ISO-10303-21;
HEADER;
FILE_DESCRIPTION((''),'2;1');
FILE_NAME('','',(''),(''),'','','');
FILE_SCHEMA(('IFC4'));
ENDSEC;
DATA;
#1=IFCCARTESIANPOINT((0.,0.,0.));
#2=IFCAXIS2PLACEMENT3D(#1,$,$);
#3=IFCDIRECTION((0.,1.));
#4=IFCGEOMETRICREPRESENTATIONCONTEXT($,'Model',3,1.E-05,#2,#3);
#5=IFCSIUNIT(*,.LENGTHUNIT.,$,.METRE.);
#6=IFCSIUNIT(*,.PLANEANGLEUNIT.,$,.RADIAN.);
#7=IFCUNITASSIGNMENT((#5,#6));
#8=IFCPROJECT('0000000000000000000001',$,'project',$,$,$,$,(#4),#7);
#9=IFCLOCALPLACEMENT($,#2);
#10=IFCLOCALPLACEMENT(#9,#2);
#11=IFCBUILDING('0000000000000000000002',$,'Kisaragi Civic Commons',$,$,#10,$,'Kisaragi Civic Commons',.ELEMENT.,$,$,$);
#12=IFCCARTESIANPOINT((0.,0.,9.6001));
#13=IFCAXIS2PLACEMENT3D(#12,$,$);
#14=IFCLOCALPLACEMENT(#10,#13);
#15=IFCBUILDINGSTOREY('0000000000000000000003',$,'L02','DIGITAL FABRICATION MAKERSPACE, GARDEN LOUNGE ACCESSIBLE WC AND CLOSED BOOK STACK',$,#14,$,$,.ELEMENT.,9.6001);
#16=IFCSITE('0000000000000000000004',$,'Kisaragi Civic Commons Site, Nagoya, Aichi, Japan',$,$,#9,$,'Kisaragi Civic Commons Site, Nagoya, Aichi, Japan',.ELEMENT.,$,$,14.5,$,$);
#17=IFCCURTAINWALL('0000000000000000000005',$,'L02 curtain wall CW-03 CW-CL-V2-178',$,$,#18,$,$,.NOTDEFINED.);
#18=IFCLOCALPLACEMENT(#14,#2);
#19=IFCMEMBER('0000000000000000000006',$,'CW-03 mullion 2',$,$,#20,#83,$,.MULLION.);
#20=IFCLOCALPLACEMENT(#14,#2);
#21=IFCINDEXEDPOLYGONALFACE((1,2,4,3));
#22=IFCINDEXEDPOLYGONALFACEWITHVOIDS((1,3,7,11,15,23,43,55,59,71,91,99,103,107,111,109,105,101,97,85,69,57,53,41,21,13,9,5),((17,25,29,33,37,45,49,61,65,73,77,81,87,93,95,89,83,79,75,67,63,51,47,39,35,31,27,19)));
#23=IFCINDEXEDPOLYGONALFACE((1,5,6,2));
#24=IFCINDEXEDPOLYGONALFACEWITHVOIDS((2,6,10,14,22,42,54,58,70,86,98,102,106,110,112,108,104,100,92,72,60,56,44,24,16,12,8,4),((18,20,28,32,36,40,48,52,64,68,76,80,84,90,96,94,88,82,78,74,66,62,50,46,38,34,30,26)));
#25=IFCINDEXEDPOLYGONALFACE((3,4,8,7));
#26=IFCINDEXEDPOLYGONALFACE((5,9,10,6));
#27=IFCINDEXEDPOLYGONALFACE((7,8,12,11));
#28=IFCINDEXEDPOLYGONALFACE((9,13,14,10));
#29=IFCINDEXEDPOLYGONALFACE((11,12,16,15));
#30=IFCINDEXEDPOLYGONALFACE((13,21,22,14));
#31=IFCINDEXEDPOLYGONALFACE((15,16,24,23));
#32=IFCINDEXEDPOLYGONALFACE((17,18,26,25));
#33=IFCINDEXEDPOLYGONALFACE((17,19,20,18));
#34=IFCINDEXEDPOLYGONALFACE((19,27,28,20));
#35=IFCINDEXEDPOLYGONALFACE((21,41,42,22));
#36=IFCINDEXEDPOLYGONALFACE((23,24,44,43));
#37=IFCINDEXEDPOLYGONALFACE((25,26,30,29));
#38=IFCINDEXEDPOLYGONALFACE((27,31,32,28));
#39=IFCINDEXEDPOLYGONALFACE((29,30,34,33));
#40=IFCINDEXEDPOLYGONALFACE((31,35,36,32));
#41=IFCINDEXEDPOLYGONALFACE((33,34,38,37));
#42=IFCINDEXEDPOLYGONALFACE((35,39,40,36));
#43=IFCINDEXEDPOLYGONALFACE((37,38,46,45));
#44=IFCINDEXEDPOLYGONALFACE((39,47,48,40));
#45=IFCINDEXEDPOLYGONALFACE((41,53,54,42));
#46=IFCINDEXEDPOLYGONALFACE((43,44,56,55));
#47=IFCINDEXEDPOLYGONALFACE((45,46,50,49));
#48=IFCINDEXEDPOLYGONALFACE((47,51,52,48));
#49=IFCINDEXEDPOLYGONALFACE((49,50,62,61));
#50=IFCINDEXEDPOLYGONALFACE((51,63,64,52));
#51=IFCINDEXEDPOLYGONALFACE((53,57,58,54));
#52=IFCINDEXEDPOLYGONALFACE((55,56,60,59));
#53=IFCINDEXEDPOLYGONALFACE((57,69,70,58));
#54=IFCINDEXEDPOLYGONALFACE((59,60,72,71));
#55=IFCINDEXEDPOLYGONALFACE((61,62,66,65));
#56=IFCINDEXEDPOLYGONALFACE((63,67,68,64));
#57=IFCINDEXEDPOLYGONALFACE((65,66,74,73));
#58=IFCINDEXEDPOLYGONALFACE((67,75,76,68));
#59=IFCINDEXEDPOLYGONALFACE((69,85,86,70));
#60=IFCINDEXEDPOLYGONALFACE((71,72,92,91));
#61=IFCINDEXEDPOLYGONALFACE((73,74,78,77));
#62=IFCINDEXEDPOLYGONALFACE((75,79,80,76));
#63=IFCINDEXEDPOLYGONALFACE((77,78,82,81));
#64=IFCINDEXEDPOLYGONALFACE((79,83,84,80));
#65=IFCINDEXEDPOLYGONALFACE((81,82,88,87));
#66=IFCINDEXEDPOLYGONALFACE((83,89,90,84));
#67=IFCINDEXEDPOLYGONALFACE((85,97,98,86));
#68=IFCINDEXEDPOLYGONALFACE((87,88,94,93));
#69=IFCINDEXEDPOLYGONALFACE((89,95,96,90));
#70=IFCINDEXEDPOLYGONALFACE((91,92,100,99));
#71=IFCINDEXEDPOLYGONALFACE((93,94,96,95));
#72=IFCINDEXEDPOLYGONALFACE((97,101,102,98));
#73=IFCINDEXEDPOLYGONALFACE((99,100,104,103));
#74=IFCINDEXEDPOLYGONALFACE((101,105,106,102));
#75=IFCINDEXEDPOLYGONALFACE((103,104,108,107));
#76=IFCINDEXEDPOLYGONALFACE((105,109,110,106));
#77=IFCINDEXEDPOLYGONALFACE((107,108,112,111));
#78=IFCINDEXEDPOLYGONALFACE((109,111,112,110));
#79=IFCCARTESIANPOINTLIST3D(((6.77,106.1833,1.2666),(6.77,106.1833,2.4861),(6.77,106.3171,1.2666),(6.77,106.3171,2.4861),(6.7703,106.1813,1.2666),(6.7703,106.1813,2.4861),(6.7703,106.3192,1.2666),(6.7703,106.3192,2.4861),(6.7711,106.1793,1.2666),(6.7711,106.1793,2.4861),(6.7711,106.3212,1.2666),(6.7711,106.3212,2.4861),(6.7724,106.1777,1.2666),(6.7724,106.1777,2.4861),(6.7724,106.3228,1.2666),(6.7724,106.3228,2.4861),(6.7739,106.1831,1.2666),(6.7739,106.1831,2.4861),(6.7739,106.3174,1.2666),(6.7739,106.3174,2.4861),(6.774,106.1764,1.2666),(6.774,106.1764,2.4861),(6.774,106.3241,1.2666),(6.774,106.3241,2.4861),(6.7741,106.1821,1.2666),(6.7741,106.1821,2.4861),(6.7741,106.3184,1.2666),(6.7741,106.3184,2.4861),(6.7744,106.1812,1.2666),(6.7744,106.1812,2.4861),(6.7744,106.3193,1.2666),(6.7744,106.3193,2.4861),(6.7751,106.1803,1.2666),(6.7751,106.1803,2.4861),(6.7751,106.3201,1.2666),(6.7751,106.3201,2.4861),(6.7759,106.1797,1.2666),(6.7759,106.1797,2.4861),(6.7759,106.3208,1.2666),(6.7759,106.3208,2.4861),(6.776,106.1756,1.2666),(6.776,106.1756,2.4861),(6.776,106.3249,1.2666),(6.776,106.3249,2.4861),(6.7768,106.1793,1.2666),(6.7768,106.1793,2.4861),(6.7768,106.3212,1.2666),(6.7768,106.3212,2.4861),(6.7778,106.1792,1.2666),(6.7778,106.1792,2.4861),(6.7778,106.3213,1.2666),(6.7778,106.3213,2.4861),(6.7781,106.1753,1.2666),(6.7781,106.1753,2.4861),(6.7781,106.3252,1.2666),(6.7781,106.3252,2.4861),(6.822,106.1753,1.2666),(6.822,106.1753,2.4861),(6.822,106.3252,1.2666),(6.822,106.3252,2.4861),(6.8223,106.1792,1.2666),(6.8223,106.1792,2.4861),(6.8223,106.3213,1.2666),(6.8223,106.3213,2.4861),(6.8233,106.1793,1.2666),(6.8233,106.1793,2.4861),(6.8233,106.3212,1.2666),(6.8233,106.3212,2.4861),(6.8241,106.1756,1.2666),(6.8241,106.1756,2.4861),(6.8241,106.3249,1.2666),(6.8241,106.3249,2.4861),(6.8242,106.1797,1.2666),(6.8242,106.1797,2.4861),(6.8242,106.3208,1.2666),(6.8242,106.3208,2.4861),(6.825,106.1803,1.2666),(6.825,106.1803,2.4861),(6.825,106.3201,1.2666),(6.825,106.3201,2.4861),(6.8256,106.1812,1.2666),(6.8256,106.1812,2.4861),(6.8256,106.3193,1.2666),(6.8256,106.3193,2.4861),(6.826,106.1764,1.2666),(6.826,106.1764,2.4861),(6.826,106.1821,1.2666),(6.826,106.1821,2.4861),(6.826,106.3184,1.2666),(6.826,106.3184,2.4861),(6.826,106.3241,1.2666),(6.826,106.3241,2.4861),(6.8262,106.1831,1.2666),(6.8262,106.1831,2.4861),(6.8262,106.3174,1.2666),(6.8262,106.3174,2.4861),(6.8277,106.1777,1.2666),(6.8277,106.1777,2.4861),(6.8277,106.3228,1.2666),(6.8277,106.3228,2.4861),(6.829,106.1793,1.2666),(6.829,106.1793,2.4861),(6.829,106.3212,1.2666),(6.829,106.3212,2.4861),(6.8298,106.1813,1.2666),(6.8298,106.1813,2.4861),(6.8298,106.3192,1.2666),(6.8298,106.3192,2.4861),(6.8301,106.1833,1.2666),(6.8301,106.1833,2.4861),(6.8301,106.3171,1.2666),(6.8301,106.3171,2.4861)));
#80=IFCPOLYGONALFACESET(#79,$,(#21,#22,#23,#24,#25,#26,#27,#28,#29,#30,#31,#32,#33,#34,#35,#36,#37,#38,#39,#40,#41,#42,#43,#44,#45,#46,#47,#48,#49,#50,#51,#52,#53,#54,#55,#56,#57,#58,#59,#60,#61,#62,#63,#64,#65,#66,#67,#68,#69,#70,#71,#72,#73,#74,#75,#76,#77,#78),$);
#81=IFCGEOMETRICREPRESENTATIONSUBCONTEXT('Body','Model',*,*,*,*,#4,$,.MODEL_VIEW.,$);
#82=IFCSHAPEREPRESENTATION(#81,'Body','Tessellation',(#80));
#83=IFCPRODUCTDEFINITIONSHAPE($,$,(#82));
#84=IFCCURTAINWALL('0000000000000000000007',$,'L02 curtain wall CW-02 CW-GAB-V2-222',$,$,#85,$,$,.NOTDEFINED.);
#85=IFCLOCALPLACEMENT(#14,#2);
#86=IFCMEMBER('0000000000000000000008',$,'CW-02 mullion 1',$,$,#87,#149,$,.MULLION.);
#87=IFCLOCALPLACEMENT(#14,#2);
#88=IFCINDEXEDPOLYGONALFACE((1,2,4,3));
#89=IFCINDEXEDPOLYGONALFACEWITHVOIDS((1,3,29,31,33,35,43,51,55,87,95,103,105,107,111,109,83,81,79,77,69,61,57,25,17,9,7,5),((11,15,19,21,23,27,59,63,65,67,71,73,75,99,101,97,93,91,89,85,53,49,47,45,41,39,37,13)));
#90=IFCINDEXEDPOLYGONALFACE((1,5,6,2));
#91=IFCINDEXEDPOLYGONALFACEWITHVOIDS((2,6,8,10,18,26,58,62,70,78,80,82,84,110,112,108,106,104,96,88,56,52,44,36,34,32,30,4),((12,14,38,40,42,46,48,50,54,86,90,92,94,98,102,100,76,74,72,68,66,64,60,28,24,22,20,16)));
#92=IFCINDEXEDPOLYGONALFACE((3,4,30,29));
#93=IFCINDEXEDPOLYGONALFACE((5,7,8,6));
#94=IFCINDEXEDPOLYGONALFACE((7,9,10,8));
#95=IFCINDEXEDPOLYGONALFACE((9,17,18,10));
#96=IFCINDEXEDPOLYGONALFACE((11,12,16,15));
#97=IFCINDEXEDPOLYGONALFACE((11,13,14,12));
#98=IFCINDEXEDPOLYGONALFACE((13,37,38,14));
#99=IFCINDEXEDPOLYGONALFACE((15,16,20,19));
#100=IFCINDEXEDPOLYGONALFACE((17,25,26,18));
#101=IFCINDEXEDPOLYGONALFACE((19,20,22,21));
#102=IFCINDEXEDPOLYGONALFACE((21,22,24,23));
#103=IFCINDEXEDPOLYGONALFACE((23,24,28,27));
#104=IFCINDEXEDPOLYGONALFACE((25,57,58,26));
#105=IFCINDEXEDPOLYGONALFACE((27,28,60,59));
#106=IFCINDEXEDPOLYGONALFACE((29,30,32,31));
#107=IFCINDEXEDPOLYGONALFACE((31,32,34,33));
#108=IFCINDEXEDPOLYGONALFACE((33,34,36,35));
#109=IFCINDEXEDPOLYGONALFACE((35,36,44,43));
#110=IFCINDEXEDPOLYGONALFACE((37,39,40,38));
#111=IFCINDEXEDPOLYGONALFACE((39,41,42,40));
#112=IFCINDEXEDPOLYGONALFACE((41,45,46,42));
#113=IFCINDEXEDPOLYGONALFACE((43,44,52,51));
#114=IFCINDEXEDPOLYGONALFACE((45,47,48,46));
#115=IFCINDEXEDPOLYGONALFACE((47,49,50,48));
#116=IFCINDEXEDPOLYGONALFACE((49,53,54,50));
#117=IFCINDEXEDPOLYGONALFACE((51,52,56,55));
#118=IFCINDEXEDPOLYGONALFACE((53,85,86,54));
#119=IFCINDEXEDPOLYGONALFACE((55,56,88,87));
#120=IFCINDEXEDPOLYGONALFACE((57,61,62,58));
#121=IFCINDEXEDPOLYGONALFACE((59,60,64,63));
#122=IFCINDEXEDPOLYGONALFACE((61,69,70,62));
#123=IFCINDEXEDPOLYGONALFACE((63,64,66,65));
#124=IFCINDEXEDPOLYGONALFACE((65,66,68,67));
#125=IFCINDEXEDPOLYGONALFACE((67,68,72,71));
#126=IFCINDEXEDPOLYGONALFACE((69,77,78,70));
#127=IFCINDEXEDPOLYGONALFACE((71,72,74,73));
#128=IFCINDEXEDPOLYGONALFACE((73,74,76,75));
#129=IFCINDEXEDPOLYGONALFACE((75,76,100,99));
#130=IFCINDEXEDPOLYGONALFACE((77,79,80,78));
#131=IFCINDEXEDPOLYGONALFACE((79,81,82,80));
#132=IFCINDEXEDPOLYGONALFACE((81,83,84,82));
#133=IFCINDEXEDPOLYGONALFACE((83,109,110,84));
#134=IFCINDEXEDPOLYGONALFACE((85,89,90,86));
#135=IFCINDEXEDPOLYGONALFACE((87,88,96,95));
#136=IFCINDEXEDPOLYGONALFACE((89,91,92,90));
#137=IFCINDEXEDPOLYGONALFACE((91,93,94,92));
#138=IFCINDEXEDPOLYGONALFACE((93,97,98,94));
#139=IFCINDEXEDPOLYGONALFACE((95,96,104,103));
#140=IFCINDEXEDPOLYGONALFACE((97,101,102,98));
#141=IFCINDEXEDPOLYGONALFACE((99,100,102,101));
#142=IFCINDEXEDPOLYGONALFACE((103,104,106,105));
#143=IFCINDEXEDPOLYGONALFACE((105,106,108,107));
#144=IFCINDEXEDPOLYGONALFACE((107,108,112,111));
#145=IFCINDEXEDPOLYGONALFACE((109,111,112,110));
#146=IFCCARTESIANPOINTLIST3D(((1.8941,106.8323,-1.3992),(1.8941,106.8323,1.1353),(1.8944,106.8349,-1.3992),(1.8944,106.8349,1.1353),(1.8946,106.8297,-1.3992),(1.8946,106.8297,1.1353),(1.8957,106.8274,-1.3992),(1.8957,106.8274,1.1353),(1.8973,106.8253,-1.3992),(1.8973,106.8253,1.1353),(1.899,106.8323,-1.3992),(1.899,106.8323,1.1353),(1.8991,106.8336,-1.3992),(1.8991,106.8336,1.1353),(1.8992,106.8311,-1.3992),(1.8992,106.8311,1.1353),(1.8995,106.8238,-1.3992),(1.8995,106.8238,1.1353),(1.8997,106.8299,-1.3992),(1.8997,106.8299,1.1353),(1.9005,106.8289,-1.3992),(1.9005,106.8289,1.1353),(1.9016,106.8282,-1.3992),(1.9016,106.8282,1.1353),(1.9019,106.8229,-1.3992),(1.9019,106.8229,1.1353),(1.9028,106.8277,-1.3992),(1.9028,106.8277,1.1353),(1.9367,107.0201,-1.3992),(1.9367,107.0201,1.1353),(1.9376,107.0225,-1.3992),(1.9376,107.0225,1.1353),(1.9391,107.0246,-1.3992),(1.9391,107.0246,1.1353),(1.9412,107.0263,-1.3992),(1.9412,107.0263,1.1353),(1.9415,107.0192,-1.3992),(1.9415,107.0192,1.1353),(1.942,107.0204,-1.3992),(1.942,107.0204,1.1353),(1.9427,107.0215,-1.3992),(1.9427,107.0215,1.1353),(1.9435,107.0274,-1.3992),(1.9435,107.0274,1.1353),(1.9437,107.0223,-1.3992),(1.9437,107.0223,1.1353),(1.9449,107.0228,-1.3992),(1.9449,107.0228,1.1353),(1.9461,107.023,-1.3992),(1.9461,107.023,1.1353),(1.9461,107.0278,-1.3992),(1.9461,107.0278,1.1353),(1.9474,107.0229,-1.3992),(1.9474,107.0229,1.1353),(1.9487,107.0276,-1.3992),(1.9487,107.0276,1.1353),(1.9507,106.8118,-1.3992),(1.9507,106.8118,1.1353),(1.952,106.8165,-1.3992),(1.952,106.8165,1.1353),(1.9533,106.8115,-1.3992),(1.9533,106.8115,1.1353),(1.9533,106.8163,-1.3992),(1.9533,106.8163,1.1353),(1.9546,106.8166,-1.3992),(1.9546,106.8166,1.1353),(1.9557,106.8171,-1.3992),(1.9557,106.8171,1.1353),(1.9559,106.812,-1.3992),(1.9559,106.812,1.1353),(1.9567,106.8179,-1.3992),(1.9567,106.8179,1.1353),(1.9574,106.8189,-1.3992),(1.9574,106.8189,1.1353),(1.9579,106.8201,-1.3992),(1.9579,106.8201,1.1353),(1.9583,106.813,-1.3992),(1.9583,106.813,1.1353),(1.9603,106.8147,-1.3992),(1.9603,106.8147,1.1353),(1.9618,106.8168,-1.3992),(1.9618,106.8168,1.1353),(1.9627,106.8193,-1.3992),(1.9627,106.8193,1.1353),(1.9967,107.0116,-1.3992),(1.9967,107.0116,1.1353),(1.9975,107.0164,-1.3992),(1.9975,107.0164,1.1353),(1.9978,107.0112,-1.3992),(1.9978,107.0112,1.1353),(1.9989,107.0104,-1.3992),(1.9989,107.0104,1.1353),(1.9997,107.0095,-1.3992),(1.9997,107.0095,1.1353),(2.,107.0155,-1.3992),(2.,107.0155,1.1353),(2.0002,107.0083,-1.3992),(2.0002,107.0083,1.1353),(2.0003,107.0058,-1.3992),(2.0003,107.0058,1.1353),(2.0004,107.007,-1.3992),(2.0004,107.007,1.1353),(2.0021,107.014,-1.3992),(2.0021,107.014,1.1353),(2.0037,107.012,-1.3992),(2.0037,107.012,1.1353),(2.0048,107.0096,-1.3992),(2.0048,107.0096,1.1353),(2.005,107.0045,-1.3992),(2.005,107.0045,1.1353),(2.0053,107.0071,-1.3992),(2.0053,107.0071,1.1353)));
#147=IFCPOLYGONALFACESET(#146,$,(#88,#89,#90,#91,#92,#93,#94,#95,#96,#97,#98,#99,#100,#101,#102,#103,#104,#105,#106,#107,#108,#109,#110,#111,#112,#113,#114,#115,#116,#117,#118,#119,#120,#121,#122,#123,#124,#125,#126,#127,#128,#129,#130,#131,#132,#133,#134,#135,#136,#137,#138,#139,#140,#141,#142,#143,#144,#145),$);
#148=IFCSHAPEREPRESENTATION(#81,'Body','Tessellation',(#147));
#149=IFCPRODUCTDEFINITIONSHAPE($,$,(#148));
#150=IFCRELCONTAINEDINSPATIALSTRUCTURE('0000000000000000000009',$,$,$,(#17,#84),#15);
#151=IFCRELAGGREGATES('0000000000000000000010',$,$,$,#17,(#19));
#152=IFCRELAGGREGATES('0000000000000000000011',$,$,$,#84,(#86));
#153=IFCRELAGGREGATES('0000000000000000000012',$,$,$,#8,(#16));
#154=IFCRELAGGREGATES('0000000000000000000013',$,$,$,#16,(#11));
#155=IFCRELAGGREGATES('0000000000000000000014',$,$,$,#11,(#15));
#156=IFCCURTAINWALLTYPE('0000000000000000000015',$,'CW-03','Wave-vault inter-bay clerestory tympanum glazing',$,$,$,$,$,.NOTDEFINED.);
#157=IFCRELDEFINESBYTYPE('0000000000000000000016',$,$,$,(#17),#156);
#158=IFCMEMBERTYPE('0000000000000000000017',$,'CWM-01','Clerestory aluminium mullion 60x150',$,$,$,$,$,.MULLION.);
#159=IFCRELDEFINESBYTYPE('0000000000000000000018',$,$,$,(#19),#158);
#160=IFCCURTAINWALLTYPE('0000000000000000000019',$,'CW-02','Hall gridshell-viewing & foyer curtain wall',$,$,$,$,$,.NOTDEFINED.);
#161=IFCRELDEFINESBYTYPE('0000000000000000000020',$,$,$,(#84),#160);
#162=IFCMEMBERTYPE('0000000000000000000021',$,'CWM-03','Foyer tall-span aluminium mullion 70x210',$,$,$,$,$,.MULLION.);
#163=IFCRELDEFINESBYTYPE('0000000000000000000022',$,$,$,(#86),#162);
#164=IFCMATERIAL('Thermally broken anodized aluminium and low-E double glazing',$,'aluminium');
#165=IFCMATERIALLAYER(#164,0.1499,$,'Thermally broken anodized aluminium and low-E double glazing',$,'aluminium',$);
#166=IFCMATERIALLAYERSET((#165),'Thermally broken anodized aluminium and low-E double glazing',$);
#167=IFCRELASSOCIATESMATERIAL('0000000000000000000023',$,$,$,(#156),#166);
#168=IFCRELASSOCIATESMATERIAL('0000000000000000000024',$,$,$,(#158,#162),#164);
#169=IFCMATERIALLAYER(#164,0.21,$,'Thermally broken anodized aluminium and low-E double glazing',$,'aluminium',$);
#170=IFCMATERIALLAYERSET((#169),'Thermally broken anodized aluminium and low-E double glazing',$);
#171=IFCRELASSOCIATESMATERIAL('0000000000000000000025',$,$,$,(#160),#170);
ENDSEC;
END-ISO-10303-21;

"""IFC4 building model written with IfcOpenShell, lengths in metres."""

from ifc_helpers import new_model, si_unit, direction, frame, origin, origin_2d, place, context, subcontext, project, spatial, hollow_rectangle, extrude, material, layer, layer_set, material_profile, profile_set, type_object, element, aggregate, save


model = new_model("IFC4")

# Units and contexts
model_context = context("Model", 3, precision=1e-05, world=origin(), true_north=direction((0.0, 1.0)))
body_context = subcontext(model_context, "Body", "Model", "MODEL_VIEW")
ifc_project = project(units=[si_unit("LENGTHUNIT", "METRE"), si_unit("PLANEANGLEUNIT", "RADIAN")], contexts=[model_context])

# Site, building, storey
site_placement = place(None, origin())
site = spatial("IfcSite", under=ifc_project, at=site_placement, Name="Kisaragi Civic Commons Site, Nagoya, Aichi, Japan", LongName="Kisaragi Civic Commons Site, Nagoya, Aichi, Japan", CompositionType="ELEMENT", RefElevation=14.5)
building_placement = place(site_placement, origin())
building = spatial("IfcBuilding", under=site, at=building_placement, Name="Kisaragi Civic Commons", LongName="Kisaragi Civic Commons", CompositionType="ELEMENT")
storey_placement = place(building_placement, frame((0.0, 0.0, 9.6001)))
storey = spatial("IfcBuildingStorey", under=building, at=storey_placement, Name="L02", Description="DIGITAL FABRICATION MAKERSPACE, GARDEN LOUNGE ACCESSIBLE WC AND CLOSED BOOK STACK", CompositionType="ELEMENT", Elevation=9.6001)

# Curtain wall, member
ifc_material_1 = material(Name="Thermally broken anodized aluminium and low-E double glazing", Category="aluminium")
ifc_layer_1 = layer(ifc_material_1, 0.1499, Name="Thermally broken anodized aluminium and low-E double glazing", Category="aluminium")
ifc_layer_set_1 = layer_set([ifc_layer_1], Name="Thermally broken anodized aluminium and low-E double glazing")
curtain_wall_type_1 = type_object("IfcCurtainWallType", Name="CW-03", Description="Wave-vault inter-bay clerestory tympanum glazing", PredefinedType="NOTDEFINED", material=ifc_layer_set_1)
curtain_wall_1_placement = place(storey_placement, origin())
curtain_wall_1 = element("IfcCurtainWall", 1, at=curtain_wall_1_placement, inside=storey, type_object=curtain_wall_type_1, Name="L02 curtain wall CW-03 CW-CL-V2-178", PredefinedType="NOTDEFINED")
ifc_material_profile_1 = material_profile(ifc_material_1, hollow_rectangle(XDim=0.0601, YDim=0.1499, WallThickness=0.0039, InnerFilletRadius=0.0039, OuterFilletRadius=0.0081, at=origin_2d()), Name="CWM-60x150x4", Category="aluminium")
ifc_profile_set_1 = profile_set([ifc_material_profile_1], Name="Thermally broken anodized aluminium and low-E double glazing")
member_type_1 = type_object("IfcMemberType", Name="CWM-01", Description="Clerestory aluminium mullion 60x150", PredefinedType="MULLION", material=ifc_profile_set_1)
member_1_placement = place(storey_placement, frame((6.8, 106.2502, 1.2666), z_axis=(0.0, 0.0, 1.0), x_axis=(-1.0, 0.0, 0.0)))
member_1 = element("IfcMember", 2, at=member_1_placement, type_object=member_type_1, Name="CW-03 mullion 2", PredefinedType="MULLION", context=body_context, shape_type="SweptSolid", body=[
    extrude(hollow_rectangle(XDim=0.0601, YDim=0.1499, WallThickness=0.0039, InnerFilletRadius=0.0039, OuterFilletRadius=0.0081, at=origin_2d()), origin(), (0.0, 0.0, 1.0), 1.2195),
])
aggregate(curtain_wall_1, [member_1])

# Curtain wall, member
ifc_layer_2 = layer(ifc_material_1, 0.21, Name="Thermally broken anodized aluminium and low-E double glazing", Category="aluminium")
ifc_layer_set_2 = layer_set([ifc_layer_2], Name="Thermally broken anodized aluminium and low-E double glazing")
curtain_wall_type_2 = type_object("IfcCurtainWallType", Name="CW-02", Description="Hall gridshell-viewing & foyer curtain wall", PredefinedType="NOTDEFINED", material=ifc_layer_set_2)
curtain_wall_2_placement = place(storey_placement, origin())
curtain_wall_2 = element("IfcCurtainWall", 3, at=curtain_wall_2_placement, inside=storey, type_object=curtain_wall_type_2, Name="L02 curtain wall CW-02 CW-GAB-V2-222", PredefinedType="NOTDEFINED")
ifc_material_profile_2 = material_profile(ifc_material_1, hollow_rectangle(XDim=0.0701, YDim=0.21, WallThickness=0.0049, InnerFilletRadius=0.0049, OuterFilletRadius=0.01, at=origin_2d()), Name="CWM-70x210x5", Category="aluminium")
ifc_profile_set_2 = profile_set([ifc_material_profile_2], Name="Thermally broken anodized aluminium and low-E double glazing")
member_type_2 = type_object("IfcMemberType", Name="CWM-03", Description="Foyer tall-span aluminium mullion 70x210", PredefinedType="MULLION", material=ifc_profile_set_2)
member_2_placement = place(storey_placement, frame((1.9497, 106.9197, -1.3992), z_axis=(0.0, 0.0, 1.0), x_axis=(-0.974844, 0.222889, 0.0)))
member_2 = element("IfcMember", 4, at=member_2_placement, type_object=member_type_2, Name="CW-02 mullion 1", PredefinedType="MULLION", context=body_context, shape_type="SweptSolid", body=[
    extrude(hollow_rectangle(XDim=0.0701, YDim=0.21, WallThickness=0.0049, InnerFilletRadius=0.0049, OuterFilletRadius=0.01, at=origin_2d()), origin(), (0.0, 0.0, 1.0), 2.5344),
])

aggregate(curtain_wall_2, [member_2])

save(model, "model.ifc")
